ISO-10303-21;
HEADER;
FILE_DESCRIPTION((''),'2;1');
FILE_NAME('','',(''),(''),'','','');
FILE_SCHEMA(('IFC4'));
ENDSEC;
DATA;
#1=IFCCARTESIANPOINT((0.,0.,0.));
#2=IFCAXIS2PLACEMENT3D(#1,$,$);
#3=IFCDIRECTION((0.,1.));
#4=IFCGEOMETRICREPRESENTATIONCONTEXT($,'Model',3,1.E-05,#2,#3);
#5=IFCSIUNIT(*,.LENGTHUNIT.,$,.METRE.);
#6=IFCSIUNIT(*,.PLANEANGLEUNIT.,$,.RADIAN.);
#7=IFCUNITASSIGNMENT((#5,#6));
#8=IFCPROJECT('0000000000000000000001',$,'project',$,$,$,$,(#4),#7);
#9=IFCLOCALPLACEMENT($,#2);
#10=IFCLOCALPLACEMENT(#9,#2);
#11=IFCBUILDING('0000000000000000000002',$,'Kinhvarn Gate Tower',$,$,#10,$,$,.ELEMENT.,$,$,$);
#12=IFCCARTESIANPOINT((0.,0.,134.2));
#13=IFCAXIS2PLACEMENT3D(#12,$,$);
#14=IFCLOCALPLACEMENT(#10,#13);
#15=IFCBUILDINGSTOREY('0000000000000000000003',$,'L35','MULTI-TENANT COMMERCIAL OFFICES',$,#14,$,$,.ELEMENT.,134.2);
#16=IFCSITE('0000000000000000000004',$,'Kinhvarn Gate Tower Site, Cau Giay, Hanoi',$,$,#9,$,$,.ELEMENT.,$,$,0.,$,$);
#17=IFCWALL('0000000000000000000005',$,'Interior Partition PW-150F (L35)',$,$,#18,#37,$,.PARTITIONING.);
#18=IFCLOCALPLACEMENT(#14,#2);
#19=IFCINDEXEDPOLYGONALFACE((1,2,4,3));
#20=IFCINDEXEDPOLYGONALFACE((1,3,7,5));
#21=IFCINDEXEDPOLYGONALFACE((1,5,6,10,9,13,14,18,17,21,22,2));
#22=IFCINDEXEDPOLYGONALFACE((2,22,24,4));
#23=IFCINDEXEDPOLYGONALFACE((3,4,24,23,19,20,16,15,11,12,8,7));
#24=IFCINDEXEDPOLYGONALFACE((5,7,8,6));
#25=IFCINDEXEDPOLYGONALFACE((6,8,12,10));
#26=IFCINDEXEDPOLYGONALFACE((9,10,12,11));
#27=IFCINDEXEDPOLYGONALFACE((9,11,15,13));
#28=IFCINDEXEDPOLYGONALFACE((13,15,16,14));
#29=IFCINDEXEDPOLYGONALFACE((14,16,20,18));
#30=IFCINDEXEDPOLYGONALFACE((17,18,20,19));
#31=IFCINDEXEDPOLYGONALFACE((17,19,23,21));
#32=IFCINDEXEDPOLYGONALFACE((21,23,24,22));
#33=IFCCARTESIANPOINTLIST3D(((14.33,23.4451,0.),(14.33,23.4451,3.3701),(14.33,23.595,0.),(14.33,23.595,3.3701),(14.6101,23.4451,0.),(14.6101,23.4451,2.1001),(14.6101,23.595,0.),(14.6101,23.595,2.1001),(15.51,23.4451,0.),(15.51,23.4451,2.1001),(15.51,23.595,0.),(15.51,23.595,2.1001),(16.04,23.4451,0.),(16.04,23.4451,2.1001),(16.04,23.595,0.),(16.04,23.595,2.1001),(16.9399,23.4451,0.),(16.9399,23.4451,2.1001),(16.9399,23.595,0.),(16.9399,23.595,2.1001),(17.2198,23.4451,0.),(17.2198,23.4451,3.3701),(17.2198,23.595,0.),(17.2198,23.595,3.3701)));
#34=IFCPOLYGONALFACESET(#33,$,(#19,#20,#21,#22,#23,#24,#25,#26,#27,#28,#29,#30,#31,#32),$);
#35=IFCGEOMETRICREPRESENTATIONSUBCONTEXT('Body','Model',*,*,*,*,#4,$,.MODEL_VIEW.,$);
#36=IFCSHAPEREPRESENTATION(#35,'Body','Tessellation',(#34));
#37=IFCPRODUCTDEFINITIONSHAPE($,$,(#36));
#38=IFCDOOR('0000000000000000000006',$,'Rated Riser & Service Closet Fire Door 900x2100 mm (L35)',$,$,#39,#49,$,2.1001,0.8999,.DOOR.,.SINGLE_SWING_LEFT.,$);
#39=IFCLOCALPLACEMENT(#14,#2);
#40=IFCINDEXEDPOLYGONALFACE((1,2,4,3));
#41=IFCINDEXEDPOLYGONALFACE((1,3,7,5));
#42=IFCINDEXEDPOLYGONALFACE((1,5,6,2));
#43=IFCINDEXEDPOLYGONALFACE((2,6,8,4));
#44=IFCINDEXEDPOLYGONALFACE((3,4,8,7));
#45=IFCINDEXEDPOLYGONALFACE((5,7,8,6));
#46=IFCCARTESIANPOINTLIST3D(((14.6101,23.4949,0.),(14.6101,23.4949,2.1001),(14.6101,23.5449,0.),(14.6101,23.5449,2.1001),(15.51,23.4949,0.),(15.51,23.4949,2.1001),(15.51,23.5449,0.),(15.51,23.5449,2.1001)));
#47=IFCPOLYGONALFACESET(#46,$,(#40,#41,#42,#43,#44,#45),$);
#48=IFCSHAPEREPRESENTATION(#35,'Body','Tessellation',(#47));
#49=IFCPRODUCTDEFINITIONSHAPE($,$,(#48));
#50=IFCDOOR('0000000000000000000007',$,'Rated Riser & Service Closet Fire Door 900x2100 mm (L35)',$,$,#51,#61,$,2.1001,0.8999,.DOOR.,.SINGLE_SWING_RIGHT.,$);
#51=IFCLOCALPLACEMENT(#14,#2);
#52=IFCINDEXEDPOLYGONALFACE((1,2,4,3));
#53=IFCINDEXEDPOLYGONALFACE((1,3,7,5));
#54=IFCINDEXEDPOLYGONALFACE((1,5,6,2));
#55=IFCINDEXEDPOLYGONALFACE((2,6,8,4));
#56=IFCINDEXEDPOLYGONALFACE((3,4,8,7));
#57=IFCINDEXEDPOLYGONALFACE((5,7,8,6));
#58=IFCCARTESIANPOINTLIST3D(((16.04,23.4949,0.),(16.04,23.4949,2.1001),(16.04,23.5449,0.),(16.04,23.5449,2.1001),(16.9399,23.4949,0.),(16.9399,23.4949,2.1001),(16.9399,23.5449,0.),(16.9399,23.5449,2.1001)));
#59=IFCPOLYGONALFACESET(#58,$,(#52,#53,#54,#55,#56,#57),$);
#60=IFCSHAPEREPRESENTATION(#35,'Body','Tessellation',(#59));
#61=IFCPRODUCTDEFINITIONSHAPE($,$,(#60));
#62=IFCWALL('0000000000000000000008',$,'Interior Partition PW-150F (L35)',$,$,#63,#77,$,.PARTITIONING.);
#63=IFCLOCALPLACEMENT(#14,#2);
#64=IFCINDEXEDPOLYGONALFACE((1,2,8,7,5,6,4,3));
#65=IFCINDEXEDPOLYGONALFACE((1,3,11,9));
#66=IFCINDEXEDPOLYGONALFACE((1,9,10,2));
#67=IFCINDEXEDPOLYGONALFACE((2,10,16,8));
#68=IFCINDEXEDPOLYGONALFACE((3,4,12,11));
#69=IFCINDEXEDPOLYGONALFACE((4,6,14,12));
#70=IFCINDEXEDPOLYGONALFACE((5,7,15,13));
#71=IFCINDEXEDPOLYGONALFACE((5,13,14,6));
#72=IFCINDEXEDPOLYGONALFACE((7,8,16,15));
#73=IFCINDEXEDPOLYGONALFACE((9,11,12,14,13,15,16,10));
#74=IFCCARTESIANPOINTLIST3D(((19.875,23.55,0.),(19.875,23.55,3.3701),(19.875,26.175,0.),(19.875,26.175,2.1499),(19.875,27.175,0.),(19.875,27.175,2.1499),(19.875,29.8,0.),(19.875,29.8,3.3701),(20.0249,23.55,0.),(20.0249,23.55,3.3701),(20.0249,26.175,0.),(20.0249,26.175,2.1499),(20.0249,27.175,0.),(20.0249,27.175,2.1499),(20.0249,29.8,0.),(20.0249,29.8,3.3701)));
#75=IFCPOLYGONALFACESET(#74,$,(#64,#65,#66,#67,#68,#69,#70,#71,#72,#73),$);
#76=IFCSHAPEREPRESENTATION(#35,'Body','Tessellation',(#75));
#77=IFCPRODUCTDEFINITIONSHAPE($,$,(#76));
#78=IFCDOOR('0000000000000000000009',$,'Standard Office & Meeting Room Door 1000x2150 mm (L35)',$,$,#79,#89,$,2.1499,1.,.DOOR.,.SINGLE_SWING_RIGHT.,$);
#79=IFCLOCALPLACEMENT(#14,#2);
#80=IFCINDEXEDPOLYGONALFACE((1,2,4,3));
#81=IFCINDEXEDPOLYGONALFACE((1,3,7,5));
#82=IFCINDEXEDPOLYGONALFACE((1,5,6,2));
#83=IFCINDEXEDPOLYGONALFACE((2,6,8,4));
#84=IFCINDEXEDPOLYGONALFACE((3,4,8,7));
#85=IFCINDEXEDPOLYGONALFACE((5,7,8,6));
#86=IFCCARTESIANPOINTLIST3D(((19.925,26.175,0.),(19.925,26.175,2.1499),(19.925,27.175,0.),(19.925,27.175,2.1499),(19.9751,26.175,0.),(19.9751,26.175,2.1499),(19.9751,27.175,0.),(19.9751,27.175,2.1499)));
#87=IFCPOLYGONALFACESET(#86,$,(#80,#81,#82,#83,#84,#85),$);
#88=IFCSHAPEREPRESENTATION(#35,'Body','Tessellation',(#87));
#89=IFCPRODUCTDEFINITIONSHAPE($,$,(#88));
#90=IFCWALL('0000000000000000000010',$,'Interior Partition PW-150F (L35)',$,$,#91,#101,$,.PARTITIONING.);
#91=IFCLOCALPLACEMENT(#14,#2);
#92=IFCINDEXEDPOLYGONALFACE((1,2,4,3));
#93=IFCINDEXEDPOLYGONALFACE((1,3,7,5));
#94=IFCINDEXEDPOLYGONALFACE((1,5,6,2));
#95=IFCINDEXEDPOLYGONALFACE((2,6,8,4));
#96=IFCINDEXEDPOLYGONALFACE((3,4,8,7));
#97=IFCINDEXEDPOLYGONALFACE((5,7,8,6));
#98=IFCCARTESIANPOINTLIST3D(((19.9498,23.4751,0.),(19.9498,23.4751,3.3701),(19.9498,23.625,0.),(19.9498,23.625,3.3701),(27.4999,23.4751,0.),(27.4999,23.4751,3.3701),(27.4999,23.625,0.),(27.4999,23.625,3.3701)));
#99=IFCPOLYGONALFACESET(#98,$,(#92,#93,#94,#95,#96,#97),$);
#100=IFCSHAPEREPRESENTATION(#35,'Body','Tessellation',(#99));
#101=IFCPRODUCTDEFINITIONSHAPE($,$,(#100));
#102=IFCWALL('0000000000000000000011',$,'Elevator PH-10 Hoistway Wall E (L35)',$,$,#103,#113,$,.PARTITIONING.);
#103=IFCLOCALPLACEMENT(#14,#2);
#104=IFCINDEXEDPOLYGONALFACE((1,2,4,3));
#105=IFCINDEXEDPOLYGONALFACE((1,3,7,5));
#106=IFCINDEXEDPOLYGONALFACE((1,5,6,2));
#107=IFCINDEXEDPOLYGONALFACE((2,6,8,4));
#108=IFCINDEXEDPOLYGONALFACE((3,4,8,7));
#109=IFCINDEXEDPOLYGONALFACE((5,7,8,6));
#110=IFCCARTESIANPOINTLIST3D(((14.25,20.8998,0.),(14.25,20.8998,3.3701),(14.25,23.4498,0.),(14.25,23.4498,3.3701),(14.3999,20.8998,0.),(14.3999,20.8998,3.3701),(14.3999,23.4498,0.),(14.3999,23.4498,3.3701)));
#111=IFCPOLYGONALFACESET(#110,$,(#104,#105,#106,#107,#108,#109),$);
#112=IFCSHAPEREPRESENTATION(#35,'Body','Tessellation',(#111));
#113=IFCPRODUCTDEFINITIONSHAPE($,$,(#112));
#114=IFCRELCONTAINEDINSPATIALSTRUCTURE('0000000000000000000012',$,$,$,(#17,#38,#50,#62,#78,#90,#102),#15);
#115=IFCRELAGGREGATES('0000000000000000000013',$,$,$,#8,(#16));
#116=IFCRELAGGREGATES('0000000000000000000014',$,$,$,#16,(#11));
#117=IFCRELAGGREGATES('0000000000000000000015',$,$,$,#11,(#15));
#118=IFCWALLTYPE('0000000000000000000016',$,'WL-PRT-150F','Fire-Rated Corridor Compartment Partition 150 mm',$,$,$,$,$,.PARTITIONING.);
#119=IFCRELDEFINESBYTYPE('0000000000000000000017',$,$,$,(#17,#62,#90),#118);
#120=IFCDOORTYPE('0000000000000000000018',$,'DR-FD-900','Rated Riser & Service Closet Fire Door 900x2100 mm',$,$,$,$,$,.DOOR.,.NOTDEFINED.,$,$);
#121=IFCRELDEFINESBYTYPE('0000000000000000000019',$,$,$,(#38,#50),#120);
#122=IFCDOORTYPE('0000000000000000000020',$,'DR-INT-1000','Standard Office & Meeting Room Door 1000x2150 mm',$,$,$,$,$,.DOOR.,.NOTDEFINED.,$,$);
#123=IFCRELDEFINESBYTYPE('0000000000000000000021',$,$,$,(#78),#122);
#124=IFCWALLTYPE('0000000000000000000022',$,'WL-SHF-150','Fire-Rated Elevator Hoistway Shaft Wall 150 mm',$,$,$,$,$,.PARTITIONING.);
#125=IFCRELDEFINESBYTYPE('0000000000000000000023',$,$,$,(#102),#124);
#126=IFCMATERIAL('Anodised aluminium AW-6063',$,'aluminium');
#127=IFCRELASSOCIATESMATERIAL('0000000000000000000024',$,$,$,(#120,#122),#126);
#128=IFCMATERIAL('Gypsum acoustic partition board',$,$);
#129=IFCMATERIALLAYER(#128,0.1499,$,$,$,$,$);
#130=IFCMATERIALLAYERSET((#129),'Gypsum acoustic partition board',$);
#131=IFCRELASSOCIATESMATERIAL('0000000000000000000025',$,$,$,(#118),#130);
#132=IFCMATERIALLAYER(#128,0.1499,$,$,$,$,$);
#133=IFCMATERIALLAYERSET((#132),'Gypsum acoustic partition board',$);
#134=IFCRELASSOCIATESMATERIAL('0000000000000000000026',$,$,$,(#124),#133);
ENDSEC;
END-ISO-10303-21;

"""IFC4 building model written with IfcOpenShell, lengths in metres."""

from ifc_helpers import new_model, si_unit, direction, frame, frame_2d, origin, place, context, subcontext, project, spatial, rectangle, extrude, material, layer, layer_set, type_object, element, fill, save


model = new_model("IFC4")

# Units and contexts
model_context = context("Model", 3, precision=1e-05, world=origin(), true_north=direction((0.0, 1.0)))
body_context = subcontext(model_context, "Body", "Model", "MODEL_VIEW")
ifc_project = project(units=[si_unit("LENGTHUNIT", "METRE"), si_unit("PLANEANGLEUNIT", "RADIAN")], contexts=[model_context])

# Site, building, storey
site_placement = place(None, origin())
site = spatial("IfcSite", under=ifc_project, at=site_placement, Name="Kinhvarn Gate Tower Site, Cau Giay, Hanoi", CompositionType="ELEMENT", RefElevation=0.0)
building_placement = place(site_placement, origin())
building = spatial("IfcBuilding", under=site, at=building_placement, Name="Kinhvarn Gate Tower", CompositionType="ELEMENT")
storey_placement = place(building_placement, frame((0.0, 0.0, 134.2)))
storey = spatial("IfcBuildingStorey", under=building, at=storey_placement, Name="L35", Description="MULTI-TENANT COMMERCIAL OFFICES", CompositionType="ELEMENT", Elevation=134.2)

# Shared definitions
ifc_material_1 = material(Name="Gypsum acoustic partition board")

# Shared definitions
ifc_material_2 = material(Name="Anodised aluminium AW-6063", Category="aluminium")
door_type_1 = type_object("IfcDoorType", Name="DR-FD-900", Description="Rated Riser & Service Closet Fire Door 900x2100 mm", OperationType="NOTDEFINED", PredefinedType="DOOR", material=ifc_material_2)

# Shared definitions
ifc_layer_1 = layer(ifc_material_1, 0.1499)
ifc_layer_set_1 = layer_set([ifc_layer_1], Name="Gypsum acoustic partition board")
wall_type_1 = type_object("IfcWallType", Name="WL-PRT-150F", Description="Fire-Rated Corridor Compartment Partition 150 mm", PredefinedType="PARTITIONING", material=ifc_layer_set_1)

# Wall, openings, doors
wall_1_placement = place(storey_placement, frame((14.3301, 23.52, 0.0), z_axis=(0.0, 0.0, 1.0), x_axis=(1.0, 0.0, 0.0)))
wall_1 = element("IfcWall", 1, at=wall_1_placement, inside=storey, type_object=wall_type_1, Name="Interior Partition PW-150F (L35)", PredefinedType="PARTITIONING", context=body_context, shape_type="SweptSolid", body=[
    extrude(rectangle(XDim=2.8899, YDim=0.1499, at=frame_2d((1.4448, 0.0))), origin(), (0.0, 0.0, 1.0), 3.3701),
])
opening_1_placement = place(wall_1_placement, frame((0.28, 0.0, 0.0)))
opening_1 = element("IfcOpeningElement", 2, at=opening_1_placement, cuts=wall_1, PredefinedType="OPENING", context=body_context, shape_type="SweptSolid", body=[
    extrude(rectangle(XDim=0.8999, YDim=2.1001, at=frame_2d((0.45, 1.05))), frame((0.0, 0.085, 0.0), z_axis=(0.0, -1.0, 0.0), x_axis=(1.0, 0.0, 0.0)), (0.0, 0.0, 1.0), 0.1699),
])
opening_2_placement = place(wall_1_placement, frame((1.71, 0.0, 0.0)))
opening_2 = element("IfcOpeningElement", 3, at=opening_2_placement, cuts=wall_1, PredefinedType="OPENING", context=body_context, shape_type="SweptSolid", body=[
    extrude(rectangle(XDim=0.8999, YDim=2.1001, at=frame_2d((0.45, 1.05))), frame((0.0, 0.085, 0.0), z_axis=(0.0, -1.0, 0.0), x_axis=(1.0, 0.0, 0.0)), (0.0, 0.0, 1.0), 0.1699),
])
door_1_placement = place(opening_1_placement, origin())
door_1 = element("IfcDoor", 4, at=door_1_placement, inside=storey, type_object=door_type_1, Name="Rated Riser & Service Closet Fire Door 900x2100 mm (L35)", OperationType="SINGLE_SWING_LEFT", OverallHeight=2.1001, OverallWidth=0.8999, PredefinedType="DOOR", context=body_context, shape_type="SweptSolid", body=[
    extrude(rectangle(XDim=0.8999, YDim=2.1001, at=frame_2d((0.45, 1.05))), frame((0.0, 0.0249, 0.0), z_axis=(0.0, -1.0, 0.0), x_axis=(1.0, 0.0, 0.0)), (0.0, 0.0, 1.0), 0.05),
])
fill(opening_1, door_1)
door_2_placement = place(opening_2_placement, origin())
door_2 = element("IfcDoor", 5, at=door_2_placement, inside=storey, type_object=door_type_1, Name="Rated Riser & Service Closet Fire Door 900x2100 mm (L35)", OperationType="SINGLE_SWING_RIGHT", OverallHeight=2.1001, OverallWidth=0.8999, PredefinedType="DOOR", context=body_context, shape_type="SweptSolid", body=[
    extrude(rectangle(XDim=0.8999, YDim=2.1001, at=frame_2d((0.45, 1.05))), frame((0.0, 0.0249, 0.0), z_axis=(0.0, -1.0, 0.0), x_axis=(1.0, 0.0, 0.0)), (0.0, 0.0, 1.0), 0.05),
])
fill(opening_2, door_2)

# Wall, opening, door
wall_2_placement = place(storey_placement, frame((19.95, 23.55, 0.0), z_axis=(0.0, 0.0, 1.0), x_axis=(0.0, 1.0, 0.0)))
wall_2 = element("IfcWall", 6, at=wall_2_placement, inside=storey, type_object=wall_type_1, Name="Interior Partition PW-150F (L35)", PredefinedType="PARTITIONING", context=body_context, shape_type="SweptSolid", body=[
    extrude(rectangle(XDim=6.25, YDim=0.1499, at=frame_2d((3.125, 0.0))), origin(), (0.0, 0.0, 1.0), 3.3701),
])
opening_3_placement = place(wall_2_placement, frame((2.625, 0.0, 0.0)))
opening_3 = element("IfcOpeningElement", 7, at=opening_3_placement, cuts=wall_2, PredefinedType="OPENING", context=body_context, shape_type="SweptSolid", body=[
    extrude(rectangle(XDim=1.0, YDim=2.1499, at=frame_2d((0.5, 1.075))), frame((0.0, 0.085, 0.0), z_axis=(0.0, -1.0, 0.0), x_axis=(1.0, 0.0, 0.0)), (0.0, 0.0, 1.0), 0.1699),
])
door_type_2 = type_object("IfcDoorType", Name="DR-INT-1000", Description="Standard Office & Meeting Room Door 1000x2150 mm", OperationType="NOTDEFINED", PredefinedType="DOOR", material=ifc_material_2)
door_3_placement = place(opening_3_placement, origin())
door_3 = element("IfcDoor", 8, at=door_3_placement, inside=storey, type_object=door_type_2, Name="Standard Office & Meeting Room Door 1000x2150 mm (L35)", OperationType="SINGLE_SWING_RIGHT", OverallHeight=2.1499, OverallWidth=1.0, PredefinedType="DOOR", context=body_context, shape_type="SweptSolid", body=[
    extrude(rectangle(XDim=1.0, YDim=2.1499, at=frame_2d((0.5, 1.075))), frame((0.0, 0.0249, 0.0), z_axis=(0.0, -1.0, 0.0), x_axis=(1.0, 0.0, 0.0)), (0.0, 0.0, 1.0), 0.05),
])
fill(opening_3, door_3)

# Walls
wall_3_placement = place(storey_placement, frame((19.95, 23.55, 0.0), z_axis=(0.0, 0.0, 1.0), x_axis=(1.0, 0.0, 0.0)))
element("IfcWall", 9, at=wall_3_placement, inside=storey, type_object=wall_type_1, Name="Interior Partition PW-150F (L35)", PredefinedType="PARTITIONING", context=body_context, shape_type="SweptSolid", body=[
    extrude(rectangle(XDim=7.55, YDim=0.1499, at=frame_2d((3.7749, 0.0))), origin(), (0.0, 0.0, 1.0), 3.3701),
])
ifc_layer_2 = layer(ifc_material_1, 0.1499)
ifc_layer_set_2 = layer_set([ifc_layer_2], Name="Gypsum acoustic partition board")
wall_type_2 = type_object("IfcWallType", Name="WL-SHF-150", Description="Fire-Rated Elevator Hoistway Shaft Wall 150 mm", PredefinedType="PARTITIONING", material=ifc_layer_set_2)
wall_4_placement = place(storey_placement, frame((14.325, 20.8999, 0.0), z_axis=(0.0, 0.0, 1.0), x_axis=(0.0, 1.0, 0.0)))
element("IfcWall", 10, at=wall_4_placement, inside=storey, type_object=wall_type_2, Name="Elevator PH-10 Hoistway Wall E (L35)", PredefinedType="PARTITIONING", context=body_context, shape_type="SweptSolid", body=[
    extrude(rectangle(XDim=2.55, YDim=0.1499, at=frame_2d((1.2749, 0.0))), origin(), (0.0, 0.0, 1.0), 3.3701),
])

save(model, "model.ifc")
